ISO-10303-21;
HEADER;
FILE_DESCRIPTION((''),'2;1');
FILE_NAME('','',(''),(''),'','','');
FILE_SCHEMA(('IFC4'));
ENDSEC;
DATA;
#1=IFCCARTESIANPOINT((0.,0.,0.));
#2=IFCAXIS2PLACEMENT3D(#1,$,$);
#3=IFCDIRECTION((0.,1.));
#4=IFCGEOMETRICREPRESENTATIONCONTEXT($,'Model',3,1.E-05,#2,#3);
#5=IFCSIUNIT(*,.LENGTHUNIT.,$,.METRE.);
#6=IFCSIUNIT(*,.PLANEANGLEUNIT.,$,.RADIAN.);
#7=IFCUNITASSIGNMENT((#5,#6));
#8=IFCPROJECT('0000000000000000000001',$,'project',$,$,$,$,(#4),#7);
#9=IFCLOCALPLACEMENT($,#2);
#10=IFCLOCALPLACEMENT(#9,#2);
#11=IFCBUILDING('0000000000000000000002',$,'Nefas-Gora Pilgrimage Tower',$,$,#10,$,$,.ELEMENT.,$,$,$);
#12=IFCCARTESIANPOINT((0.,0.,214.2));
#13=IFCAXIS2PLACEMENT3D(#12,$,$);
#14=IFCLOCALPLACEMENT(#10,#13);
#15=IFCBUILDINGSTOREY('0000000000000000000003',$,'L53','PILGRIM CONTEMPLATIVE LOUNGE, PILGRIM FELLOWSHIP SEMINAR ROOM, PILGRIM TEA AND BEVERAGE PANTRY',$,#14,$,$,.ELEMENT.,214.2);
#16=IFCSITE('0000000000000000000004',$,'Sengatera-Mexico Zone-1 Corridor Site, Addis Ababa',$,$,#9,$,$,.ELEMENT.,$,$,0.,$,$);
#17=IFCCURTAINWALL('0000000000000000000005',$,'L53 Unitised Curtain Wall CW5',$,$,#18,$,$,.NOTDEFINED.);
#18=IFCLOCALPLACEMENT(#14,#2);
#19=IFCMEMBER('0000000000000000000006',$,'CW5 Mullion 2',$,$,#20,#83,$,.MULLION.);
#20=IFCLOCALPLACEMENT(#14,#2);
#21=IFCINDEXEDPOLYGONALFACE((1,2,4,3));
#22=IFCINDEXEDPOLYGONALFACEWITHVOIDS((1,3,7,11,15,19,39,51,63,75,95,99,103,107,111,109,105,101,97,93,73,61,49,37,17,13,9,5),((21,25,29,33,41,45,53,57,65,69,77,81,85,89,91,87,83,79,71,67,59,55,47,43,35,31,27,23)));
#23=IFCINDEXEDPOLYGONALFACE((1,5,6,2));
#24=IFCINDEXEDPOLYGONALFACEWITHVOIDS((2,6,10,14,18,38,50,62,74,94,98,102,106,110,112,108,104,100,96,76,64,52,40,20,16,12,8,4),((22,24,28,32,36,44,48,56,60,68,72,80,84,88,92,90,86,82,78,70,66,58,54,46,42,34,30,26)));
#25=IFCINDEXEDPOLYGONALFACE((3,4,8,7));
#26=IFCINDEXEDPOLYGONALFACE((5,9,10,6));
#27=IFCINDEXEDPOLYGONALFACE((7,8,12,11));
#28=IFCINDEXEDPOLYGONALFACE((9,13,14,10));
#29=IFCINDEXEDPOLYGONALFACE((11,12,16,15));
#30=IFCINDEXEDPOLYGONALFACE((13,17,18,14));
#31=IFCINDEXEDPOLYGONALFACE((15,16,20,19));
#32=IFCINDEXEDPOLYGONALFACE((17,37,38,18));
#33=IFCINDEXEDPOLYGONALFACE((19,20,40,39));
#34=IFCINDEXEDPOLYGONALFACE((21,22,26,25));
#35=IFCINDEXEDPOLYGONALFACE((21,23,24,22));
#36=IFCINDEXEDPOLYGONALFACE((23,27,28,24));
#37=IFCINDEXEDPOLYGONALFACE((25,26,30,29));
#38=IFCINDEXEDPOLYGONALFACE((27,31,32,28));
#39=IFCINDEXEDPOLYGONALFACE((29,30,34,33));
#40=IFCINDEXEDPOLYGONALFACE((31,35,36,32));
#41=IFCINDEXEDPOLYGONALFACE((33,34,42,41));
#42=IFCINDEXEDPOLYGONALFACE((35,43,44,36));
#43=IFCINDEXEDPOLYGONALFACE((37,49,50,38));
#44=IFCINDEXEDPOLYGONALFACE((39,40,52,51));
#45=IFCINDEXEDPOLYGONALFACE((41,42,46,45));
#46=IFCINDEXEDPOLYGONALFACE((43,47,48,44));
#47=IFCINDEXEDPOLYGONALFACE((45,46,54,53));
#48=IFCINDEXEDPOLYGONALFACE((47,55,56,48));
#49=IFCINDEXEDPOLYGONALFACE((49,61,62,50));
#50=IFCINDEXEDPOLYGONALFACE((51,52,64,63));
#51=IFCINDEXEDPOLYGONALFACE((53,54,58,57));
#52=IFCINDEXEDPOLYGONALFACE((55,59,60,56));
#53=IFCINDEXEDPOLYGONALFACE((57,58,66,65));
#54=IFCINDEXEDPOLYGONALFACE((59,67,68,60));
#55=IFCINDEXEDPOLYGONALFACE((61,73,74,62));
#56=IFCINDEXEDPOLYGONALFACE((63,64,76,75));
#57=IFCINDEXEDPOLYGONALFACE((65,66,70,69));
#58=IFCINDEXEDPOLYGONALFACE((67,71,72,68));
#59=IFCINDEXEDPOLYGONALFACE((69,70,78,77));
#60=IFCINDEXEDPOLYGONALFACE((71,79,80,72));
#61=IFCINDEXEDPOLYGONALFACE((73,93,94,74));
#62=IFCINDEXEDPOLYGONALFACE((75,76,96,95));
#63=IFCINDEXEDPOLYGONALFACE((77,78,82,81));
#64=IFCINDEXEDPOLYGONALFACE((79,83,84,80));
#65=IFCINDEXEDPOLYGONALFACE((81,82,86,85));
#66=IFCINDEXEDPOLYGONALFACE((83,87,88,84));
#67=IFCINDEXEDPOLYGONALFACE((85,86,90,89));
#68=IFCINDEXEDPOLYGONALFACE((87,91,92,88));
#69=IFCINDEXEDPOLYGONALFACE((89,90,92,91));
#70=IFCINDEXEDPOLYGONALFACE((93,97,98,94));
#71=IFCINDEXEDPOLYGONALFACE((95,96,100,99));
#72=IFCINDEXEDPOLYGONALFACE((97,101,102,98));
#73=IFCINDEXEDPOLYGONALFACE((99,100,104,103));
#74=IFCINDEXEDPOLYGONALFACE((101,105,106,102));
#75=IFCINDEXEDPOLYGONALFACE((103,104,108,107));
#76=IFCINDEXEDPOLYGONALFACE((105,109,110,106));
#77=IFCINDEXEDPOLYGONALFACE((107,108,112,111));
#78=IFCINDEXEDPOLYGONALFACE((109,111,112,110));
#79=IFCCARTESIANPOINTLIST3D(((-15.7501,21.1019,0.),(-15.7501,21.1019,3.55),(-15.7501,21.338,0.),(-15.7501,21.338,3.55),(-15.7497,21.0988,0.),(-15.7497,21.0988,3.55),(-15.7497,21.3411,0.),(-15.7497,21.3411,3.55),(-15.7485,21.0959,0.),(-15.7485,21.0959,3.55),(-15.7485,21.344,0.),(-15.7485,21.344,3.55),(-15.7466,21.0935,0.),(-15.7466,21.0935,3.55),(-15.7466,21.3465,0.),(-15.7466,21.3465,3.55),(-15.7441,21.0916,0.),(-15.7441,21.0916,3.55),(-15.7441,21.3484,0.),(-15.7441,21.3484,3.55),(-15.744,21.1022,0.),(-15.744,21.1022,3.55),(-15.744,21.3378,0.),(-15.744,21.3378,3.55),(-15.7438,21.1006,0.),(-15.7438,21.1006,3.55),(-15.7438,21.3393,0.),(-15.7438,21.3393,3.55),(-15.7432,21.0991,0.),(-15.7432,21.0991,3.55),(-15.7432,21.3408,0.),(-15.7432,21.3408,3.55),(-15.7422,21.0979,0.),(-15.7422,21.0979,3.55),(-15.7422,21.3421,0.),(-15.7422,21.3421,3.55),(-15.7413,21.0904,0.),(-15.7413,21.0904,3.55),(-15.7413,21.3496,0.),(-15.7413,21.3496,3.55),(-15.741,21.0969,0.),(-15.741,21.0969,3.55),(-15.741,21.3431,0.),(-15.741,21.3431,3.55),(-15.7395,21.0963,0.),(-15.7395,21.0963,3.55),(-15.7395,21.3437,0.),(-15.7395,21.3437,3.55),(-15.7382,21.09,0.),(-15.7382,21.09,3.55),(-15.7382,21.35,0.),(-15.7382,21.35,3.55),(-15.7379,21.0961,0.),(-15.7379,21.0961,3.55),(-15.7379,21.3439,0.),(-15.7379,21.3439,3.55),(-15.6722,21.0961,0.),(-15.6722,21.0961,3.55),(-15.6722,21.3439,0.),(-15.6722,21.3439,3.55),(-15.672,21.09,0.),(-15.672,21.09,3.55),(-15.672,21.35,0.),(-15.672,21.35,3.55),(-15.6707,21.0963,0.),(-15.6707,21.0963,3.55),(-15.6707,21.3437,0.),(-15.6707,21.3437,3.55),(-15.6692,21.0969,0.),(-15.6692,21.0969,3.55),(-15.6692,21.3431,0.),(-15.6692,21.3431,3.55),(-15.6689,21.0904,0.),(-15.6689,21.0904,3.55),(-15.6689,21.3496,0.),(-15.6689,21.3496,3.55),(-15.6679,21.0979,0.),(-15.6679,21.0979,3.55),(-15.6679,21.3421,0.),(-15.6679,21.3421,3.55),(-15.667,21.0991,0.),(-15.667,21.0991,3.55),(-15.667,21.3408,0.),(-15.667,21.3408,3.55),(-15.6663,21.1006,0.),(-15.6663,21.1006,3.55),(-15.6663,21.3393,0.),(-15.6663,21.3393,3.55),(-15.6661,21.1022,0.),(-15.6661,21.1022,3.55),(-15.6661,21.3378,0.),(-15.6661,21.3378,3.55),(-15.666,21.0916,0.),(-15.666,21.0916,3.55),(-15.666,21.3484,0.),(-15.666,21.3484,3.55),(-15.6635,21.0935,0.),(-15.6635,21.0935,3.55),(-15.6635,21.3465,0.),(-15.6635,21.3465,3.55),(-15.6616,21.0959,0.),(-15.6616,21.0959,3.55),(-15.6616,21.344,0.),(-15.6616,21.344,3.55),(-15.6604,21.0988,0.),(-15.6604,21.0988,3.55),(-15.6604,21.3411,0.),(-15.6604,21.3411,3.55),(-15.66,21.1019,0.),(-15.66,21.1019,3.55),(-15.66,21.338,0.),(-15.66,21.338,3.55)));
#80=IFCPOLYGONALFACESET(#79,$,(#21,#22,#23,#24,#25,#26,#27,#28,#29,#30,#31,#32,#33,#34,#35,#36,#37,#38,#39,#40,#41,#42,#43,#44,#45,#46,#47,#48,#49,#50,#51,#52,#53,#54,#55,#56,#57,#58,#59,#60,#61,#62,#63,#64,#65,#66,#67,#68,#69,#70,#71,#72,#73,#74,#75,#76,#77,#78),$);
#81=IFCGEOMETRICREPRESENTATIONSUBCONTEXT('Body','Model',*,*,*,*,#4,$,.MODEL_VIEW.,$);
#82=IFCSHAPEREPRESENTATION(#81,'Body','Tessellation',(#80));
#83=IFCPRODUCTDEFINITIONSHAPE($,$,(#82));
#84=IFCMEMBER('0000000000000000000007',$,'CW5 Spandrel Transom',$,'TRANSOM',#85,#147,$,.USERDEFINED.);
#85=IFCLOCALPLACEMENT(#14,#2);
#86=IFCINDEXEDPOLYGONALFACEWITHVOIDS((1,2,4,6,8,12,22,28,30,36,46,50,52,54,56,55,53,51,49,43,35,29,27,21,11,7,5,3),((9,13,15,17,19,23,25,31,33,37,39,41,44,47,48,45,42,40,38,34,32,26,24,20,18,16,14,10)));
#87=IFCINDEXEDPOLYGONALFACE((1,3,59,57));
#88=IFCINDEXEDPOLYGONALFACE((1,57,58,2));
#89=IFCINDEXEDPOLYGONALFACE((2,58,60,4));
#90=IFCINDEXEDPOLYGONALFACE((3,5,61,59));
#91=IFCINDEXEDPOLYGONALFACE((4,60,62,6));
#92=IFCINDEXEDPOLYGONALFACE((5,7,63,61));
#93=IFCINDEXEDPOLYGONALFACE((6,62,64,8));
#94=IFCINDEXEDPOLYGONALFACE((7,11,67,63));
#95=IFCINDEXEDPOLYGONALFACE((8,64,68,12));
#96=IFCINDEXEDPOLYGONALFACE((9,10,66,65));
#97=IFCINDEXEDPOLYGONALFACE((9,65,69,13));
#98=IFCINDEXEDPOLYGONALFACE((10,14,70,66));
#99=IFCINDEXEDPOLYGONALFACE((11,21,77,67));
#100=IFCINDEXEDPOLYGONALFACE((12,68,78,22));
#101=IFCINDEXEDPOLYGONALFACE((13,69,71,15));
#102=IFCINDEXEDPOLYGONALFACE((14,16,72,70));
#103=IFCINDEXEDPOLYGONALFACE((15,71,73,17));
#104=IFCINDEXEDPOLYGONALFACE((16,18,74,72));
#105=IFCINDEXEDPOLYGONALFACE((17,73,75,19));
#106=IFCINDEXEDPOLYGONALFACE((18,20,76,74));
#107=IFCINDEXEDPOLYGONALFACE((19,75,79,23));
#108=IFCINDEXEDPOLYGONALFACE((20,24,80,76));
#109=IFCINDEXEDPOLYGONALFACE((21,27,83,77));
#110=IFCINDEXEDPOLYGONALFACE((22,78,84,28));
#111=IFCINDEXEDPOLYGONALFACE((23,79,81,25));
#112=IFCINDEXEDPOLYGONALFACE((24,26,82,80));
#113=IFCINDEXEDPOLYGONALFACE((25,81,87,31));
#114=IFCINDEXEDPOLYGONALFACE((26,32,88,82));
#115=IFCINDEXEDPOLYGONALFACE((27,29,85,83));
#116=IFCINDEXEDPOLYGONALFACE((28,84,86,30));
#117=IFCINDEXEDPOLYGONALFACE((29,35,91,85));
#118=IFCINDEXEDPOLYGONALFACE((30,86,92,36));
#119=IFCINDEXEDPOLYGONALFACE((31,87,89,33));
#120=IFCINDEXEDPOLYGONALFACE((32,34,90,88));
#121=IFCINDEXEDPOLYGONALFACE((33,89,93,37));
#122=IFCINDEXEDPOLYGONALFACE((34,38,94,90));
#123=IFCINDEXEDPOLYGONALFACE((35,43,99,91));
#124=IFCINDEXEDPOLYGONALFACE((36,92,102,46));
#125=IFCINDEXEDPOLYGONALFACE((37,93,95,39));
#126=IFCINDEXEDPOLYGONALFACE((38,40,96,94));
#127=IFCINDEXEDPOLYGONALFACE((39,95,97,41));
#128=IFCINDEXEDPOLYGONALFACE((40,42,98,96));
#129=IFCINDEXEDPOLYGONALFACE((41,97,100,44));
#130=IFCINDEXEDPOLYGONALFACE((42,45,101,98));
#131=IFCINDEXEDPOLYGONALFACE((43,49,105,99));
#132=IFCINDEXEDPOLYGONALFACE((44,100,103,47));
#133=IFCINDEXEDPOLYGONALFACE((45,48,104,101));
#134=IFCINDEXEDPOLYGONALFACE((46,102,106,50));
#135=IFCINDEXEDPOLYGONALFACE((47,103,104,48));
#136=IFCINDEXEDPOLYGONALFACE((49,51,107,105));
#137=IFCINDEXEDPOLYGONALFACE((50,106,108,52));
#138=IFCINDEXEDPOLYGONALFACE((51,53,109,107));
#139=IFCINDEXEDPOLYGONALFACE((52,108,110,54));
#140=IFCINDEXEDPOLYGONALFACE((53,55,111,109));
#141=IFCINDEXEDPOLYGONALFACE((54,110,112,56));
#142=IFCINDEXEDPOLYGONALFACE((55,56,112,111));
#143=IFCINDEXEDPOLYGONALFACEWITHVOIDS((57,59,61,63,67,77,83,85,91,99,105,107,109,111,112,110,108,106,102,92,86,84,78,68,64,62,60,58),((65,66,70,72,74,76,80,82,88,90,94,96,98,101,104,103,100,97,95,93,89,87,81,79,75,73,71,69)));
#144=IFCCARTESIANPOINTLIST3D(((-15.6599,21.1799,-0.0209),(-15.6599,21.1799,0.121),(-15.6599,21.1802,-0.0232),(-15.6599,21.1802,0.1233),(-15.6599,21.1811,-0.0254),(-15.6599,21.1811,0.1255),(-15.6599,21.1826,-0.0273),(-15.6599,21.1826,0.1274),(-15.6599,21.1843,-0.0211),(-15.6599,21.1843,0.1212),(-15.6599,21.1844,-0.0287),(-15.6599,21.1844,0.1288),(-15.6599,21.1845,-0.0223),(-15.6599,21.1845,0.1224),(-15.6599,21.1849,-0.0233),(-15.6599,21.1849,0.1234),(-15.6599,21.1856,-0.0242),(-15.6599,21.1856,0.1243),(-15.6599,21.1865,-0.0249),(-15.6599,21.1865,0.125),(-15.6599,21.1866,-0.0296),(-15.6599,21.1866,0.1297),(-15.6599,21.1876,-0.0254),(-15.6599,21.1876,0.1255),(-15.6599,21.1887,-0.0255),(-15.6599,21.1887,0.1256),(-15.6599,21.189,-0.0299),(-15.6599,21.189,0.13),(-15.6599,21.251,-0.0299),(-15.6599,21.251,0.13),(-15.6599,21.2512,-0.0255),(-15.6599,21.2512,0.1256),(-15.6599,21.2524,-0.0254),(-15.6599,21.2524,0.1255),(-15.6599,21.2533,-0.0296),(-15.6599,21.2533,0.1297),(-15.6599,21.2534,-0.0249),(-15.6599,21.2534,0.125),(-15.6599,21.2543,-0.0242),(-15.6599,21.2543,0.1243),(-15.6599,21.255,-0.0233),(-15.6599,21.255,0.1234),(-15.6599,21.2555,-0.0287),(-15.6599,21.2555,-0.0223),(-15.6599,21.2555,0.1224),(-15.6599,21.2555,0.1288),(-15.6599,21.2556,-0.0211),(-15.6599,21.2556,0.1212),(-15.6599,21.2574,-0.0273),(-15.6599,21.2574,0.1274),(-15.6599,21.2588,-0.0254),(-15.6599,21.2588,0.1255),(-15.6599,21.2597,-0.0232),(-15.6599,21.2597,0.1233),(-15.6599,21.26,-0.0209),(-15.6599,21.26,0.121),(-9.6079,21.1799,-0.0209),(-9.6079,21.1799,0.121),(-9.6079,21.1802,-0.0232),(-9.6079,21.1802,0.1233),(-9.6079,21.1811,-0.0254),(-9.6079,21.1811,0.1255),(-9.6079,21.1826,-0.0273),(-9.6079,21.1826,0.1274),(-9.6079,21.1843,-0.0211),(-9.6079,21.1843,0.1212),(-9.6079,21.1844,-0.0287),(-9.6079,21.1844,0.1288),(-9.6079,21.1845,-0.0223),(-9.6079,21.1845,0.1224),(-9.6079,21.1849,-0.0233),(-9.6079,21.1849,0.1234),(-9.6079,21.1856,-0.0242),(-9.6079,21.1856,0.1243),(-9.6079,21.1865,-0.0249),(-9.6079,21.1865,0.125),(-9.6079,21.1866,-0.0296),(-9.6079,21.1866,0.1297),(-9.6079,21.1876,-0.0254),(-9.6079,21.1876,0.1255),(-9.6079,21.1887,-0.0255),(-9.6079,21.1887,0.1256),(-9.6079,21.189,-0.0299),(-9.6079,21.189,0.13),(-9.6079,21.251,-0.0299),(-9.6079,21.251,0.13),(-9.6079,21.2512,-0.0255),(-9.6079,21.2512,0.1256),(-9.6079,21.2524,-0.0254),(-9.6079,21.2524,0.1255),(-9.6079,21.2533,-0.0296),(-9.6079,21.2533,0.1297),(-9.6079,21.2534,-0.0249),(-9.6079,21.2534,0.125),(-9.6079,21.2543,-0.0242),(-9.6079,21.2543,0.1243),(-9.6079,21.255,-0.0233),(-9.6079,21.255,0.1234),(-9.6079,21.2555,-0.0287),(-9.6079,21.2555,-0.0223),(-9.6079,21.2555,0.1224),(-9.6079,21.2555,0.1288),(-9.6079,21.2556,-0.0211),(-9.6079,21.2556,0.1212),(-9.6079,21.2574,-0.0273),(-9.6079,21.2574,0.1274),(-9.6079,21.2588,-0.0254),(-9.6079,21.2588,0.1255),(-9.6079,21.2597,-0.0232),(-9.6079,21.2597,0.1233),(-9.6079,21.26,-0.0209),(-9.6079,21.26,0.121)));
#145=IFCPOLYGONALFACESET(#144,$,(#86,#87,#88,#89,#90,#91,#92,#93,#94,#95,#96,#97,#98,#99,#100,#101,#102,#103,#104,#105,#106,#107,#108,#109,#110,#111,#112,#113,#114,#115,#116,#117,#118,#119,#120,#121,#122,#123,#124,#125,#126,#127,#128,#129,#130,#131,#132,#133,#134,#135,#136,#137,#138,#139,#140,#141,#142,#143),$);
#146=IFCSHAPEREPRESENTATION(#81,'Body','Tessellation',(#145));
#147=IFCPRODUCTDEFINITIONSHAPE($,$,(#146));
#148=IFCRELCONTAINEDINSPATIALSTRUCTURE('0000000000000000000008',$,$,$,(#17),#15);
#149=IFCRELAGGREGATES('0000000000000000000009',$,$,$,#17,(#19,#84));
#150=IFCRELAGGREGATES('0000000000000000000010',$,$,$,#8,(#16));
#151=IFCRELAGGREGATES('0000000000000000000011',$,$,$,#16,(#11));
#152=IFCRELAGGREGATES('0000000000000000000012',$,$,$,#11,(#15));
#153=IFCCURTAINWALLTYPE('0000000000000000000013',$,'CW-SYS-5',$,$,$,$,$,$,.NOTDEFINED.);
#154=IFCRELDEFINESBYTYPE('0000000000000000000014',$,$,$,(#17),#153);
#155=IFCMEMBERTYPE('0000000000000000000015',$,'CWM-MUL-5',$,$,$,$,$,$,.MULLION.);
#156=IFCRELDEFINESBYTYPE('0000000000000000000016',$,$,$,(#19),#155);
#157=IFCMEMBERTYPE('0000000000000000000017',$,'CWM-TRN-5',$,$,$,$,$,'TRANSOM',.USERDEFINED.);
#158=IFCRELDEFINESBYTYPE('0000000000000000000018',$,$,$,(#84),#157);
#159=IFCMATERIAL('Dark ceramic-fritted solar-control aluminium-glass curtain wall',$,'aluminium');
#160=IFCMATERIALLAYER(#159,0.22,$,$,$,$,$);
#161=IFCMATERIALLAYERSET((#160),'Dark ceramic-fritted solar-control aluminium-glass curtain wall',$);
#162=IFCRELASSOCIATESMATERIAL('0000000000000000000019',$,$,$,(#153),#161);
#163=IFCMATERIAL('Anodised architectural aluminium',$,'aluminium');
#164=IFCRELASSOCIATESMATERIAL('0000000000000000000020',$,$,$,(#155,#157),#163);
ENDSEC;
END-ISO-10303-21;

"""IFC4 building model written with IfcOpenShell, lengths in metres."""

from ifc_helpers import new_model, si_unit, direction, frame, origin, origin_2d, place, context, subcontext, project, spatial, hollow_rectangle, extrude, source, transform, mapped, material, layer, layer_set, material_profile, profile_set, type_object, element, aggregate, save


model = new_model("IFC4")

# Units and contexts
model_context = context("Model", 3, precision=1e-05, world=origin(), true_north=direction((0.0, 1.0)))
body_context = subcontext(model_context, "Body", "Model", "MODEL_VIEW")
ifc_project = project(units=[si_unit("LENGTHUNIT", "METRE"), si_unit("PLANEANGLEUNIT", "RADIAN")], contexts=[model_context])

# Site, building, storey
site_placement = place(None, origin())
site = spatial("IfcSite", under=ifc_project, at=site_placement, Name="Sengatera-Mexico Zone-1 Corridor Site, Addis Ababa", CompositionType="ELEMENT", RefElevation=0.0)
building_placement = place(site_placement, origin())
building = spatial("IfcBuilding", under=site, at=building_placement, Name="Nefas-Gora Pilgrimage Tower", CompositionType="ELEMENT")
storey_placement = place(building_placement, frame((0.0, 0.0, 214.2)))
storey = spatial("IfcBuildingStorey", under=building, at=storey_placement, Name="L53", Description="PILGRIM CONTEMPLATIVE LOUNGE, PILGRIM FELLOWSHIP SEMINAR ROOM, PILGRIM TEA AND BEVERAGE PANTRY", CompositionType="ELEMENT", Elevation=214.2)

# Curtain wall, members
ifc_material_1 = material(Name="Dark ceramic-fritted solar-control aluminium-glass curtain wall", Category="aluminium")
ifc_layer_1 = layer(ifc_material_1, 0.22)
ifc_layer_set_1 = layer_set([ifc_layer_1], Name="Dark ceramic-fritted solar-control aluminium-glass curtain wall")
curtain_wall_type_1 = type_object("IfcCurtainWallType", Name="CW-SYS-5", PredefinedType="NOTDEFINED", material=ifc_layer_set_1)
curtain_wall_1_placement = place(storey_placement, origin())
curtain_wall_1 = element("IfcCurtainWall", 1, at=curtain_wall_1_placement, inside=storey, type_object=curtain_wall_type_1, Name="L53 Unitised Curtain Wall CW5", PredefinedType="NOTDEFINED")
ifc_material_2 = material(Name="Anodised architectural aluminium", Category="aluminium")
ifc_material_profile_1 = material_profile(ifc_material_2, hollow_rectangle(XDim=0.0901, YDim=0.26, WallThickness=0.0061, InnerFilletRadius=0.0061, OuterFilletRadius=0.012, at=origin_2d()), Name="ALU MULLION 90x260")
ifc_profile_set_1 = profile_set([ifc_material_profile_1], Name="Anodised architectural aluminium")
member_type_1 = type_object("IfcMemberType", Name="CWM-MUL-5", PredefinedType="MULLION", material=ifc_profile_set_1)
shared_shape_1 = source(origin(), body_context, "Body", "SweptSolid", [
    extrude(hollow_rectangle(XDim=0.0901, YDim=0.26, WallThickness=0.0061, InnerFilletRadius=0.0061, OuterFilletRadius=0.012, at=origin_2d()), origin(), (0.0, 0.0, 1.0), 3.55),
])
member_1_placement = place(storey_placement, frame((-15.7051, 21.22, 0.0), z_axis=(0.0, 0.0, 1.0), x_axis=(-1.0, 0.0, 0.0)))
member_1 = element("IfcMember", 2, at=member_1_placement, type_object=member_type_1, Name="CW5 Mullion 2", PredefinedType="MULLION", context=body_context, shape_type="MappedRepresentation", body=[
    mapped(shared_shape_1, transform((0.0, 0.0, 0.0), x_axis=(1.0, 0.0, 0.0), y_axis=(0.0, 1.0, 0.0), z_axis=(0.0, 0.0, 1.0), scale=1.0)),
])
ifc_material_profile_2 = material_profile(ifc_material_2, hollow_rectangle(XDim=0.0801, YDim=0.1599, WallThickness=0.0044, InnerFilletRadius=0.0044, OuterFilletRadius=0.009, at=origin_2d()), Name="ALU TRANSOM 80x160")
ifc_profile_set_2 = profile_set([ifc_material_profile_2], Name="Anodised architectural aluminium")
member_type_2 = type_object("IfcMemberType", Name="CWM-TRN-5", ElementType="TRANSOM", PredefinedType="USERDEFINED", material=ifc_profile_set_2)
shared_shape_2 = source(origin(), body_context, "Body", "SweptSolid", [
    extrude(hollow_rectangle(XDim=0.0801, YDim=0.1599, WallThickness=0.0044, InnerFilletRadius=0.0044, OuterFilletRadius=0.009, at=origin_2d()), origin(), (0.0, 0.0, 1.0), 6.052),
])
member_2_placement = place(storey_placement, frame((-9.6079, 21.22, 0.05), z_axis=(-1.0, 0.0, 0.0), x_axis=(0.0, -1.0, 0.0)))
member_2 = element("IfcMember", 3, at=member_2_placement, type_object=member_type_2, Name="CW5 Spandrel Transom", ObjectType="TRANSOM", PredefinedType="USERDEFINED", context=body_context, shape_type="MappedRepresentation", body=[
    mapped(shared_shape_2, transform((0.0, 0.0, 0.0), x_axis=(1.0, 0.0, 0.0), y_axis=(0.0, 1.0, 0.0), z_axis=(0.0, 0.0, 1.0), scale=1.0)),
])

aggregate(curtain_wall_1, [member_1, member_2])

save(model, "model.ifc")
